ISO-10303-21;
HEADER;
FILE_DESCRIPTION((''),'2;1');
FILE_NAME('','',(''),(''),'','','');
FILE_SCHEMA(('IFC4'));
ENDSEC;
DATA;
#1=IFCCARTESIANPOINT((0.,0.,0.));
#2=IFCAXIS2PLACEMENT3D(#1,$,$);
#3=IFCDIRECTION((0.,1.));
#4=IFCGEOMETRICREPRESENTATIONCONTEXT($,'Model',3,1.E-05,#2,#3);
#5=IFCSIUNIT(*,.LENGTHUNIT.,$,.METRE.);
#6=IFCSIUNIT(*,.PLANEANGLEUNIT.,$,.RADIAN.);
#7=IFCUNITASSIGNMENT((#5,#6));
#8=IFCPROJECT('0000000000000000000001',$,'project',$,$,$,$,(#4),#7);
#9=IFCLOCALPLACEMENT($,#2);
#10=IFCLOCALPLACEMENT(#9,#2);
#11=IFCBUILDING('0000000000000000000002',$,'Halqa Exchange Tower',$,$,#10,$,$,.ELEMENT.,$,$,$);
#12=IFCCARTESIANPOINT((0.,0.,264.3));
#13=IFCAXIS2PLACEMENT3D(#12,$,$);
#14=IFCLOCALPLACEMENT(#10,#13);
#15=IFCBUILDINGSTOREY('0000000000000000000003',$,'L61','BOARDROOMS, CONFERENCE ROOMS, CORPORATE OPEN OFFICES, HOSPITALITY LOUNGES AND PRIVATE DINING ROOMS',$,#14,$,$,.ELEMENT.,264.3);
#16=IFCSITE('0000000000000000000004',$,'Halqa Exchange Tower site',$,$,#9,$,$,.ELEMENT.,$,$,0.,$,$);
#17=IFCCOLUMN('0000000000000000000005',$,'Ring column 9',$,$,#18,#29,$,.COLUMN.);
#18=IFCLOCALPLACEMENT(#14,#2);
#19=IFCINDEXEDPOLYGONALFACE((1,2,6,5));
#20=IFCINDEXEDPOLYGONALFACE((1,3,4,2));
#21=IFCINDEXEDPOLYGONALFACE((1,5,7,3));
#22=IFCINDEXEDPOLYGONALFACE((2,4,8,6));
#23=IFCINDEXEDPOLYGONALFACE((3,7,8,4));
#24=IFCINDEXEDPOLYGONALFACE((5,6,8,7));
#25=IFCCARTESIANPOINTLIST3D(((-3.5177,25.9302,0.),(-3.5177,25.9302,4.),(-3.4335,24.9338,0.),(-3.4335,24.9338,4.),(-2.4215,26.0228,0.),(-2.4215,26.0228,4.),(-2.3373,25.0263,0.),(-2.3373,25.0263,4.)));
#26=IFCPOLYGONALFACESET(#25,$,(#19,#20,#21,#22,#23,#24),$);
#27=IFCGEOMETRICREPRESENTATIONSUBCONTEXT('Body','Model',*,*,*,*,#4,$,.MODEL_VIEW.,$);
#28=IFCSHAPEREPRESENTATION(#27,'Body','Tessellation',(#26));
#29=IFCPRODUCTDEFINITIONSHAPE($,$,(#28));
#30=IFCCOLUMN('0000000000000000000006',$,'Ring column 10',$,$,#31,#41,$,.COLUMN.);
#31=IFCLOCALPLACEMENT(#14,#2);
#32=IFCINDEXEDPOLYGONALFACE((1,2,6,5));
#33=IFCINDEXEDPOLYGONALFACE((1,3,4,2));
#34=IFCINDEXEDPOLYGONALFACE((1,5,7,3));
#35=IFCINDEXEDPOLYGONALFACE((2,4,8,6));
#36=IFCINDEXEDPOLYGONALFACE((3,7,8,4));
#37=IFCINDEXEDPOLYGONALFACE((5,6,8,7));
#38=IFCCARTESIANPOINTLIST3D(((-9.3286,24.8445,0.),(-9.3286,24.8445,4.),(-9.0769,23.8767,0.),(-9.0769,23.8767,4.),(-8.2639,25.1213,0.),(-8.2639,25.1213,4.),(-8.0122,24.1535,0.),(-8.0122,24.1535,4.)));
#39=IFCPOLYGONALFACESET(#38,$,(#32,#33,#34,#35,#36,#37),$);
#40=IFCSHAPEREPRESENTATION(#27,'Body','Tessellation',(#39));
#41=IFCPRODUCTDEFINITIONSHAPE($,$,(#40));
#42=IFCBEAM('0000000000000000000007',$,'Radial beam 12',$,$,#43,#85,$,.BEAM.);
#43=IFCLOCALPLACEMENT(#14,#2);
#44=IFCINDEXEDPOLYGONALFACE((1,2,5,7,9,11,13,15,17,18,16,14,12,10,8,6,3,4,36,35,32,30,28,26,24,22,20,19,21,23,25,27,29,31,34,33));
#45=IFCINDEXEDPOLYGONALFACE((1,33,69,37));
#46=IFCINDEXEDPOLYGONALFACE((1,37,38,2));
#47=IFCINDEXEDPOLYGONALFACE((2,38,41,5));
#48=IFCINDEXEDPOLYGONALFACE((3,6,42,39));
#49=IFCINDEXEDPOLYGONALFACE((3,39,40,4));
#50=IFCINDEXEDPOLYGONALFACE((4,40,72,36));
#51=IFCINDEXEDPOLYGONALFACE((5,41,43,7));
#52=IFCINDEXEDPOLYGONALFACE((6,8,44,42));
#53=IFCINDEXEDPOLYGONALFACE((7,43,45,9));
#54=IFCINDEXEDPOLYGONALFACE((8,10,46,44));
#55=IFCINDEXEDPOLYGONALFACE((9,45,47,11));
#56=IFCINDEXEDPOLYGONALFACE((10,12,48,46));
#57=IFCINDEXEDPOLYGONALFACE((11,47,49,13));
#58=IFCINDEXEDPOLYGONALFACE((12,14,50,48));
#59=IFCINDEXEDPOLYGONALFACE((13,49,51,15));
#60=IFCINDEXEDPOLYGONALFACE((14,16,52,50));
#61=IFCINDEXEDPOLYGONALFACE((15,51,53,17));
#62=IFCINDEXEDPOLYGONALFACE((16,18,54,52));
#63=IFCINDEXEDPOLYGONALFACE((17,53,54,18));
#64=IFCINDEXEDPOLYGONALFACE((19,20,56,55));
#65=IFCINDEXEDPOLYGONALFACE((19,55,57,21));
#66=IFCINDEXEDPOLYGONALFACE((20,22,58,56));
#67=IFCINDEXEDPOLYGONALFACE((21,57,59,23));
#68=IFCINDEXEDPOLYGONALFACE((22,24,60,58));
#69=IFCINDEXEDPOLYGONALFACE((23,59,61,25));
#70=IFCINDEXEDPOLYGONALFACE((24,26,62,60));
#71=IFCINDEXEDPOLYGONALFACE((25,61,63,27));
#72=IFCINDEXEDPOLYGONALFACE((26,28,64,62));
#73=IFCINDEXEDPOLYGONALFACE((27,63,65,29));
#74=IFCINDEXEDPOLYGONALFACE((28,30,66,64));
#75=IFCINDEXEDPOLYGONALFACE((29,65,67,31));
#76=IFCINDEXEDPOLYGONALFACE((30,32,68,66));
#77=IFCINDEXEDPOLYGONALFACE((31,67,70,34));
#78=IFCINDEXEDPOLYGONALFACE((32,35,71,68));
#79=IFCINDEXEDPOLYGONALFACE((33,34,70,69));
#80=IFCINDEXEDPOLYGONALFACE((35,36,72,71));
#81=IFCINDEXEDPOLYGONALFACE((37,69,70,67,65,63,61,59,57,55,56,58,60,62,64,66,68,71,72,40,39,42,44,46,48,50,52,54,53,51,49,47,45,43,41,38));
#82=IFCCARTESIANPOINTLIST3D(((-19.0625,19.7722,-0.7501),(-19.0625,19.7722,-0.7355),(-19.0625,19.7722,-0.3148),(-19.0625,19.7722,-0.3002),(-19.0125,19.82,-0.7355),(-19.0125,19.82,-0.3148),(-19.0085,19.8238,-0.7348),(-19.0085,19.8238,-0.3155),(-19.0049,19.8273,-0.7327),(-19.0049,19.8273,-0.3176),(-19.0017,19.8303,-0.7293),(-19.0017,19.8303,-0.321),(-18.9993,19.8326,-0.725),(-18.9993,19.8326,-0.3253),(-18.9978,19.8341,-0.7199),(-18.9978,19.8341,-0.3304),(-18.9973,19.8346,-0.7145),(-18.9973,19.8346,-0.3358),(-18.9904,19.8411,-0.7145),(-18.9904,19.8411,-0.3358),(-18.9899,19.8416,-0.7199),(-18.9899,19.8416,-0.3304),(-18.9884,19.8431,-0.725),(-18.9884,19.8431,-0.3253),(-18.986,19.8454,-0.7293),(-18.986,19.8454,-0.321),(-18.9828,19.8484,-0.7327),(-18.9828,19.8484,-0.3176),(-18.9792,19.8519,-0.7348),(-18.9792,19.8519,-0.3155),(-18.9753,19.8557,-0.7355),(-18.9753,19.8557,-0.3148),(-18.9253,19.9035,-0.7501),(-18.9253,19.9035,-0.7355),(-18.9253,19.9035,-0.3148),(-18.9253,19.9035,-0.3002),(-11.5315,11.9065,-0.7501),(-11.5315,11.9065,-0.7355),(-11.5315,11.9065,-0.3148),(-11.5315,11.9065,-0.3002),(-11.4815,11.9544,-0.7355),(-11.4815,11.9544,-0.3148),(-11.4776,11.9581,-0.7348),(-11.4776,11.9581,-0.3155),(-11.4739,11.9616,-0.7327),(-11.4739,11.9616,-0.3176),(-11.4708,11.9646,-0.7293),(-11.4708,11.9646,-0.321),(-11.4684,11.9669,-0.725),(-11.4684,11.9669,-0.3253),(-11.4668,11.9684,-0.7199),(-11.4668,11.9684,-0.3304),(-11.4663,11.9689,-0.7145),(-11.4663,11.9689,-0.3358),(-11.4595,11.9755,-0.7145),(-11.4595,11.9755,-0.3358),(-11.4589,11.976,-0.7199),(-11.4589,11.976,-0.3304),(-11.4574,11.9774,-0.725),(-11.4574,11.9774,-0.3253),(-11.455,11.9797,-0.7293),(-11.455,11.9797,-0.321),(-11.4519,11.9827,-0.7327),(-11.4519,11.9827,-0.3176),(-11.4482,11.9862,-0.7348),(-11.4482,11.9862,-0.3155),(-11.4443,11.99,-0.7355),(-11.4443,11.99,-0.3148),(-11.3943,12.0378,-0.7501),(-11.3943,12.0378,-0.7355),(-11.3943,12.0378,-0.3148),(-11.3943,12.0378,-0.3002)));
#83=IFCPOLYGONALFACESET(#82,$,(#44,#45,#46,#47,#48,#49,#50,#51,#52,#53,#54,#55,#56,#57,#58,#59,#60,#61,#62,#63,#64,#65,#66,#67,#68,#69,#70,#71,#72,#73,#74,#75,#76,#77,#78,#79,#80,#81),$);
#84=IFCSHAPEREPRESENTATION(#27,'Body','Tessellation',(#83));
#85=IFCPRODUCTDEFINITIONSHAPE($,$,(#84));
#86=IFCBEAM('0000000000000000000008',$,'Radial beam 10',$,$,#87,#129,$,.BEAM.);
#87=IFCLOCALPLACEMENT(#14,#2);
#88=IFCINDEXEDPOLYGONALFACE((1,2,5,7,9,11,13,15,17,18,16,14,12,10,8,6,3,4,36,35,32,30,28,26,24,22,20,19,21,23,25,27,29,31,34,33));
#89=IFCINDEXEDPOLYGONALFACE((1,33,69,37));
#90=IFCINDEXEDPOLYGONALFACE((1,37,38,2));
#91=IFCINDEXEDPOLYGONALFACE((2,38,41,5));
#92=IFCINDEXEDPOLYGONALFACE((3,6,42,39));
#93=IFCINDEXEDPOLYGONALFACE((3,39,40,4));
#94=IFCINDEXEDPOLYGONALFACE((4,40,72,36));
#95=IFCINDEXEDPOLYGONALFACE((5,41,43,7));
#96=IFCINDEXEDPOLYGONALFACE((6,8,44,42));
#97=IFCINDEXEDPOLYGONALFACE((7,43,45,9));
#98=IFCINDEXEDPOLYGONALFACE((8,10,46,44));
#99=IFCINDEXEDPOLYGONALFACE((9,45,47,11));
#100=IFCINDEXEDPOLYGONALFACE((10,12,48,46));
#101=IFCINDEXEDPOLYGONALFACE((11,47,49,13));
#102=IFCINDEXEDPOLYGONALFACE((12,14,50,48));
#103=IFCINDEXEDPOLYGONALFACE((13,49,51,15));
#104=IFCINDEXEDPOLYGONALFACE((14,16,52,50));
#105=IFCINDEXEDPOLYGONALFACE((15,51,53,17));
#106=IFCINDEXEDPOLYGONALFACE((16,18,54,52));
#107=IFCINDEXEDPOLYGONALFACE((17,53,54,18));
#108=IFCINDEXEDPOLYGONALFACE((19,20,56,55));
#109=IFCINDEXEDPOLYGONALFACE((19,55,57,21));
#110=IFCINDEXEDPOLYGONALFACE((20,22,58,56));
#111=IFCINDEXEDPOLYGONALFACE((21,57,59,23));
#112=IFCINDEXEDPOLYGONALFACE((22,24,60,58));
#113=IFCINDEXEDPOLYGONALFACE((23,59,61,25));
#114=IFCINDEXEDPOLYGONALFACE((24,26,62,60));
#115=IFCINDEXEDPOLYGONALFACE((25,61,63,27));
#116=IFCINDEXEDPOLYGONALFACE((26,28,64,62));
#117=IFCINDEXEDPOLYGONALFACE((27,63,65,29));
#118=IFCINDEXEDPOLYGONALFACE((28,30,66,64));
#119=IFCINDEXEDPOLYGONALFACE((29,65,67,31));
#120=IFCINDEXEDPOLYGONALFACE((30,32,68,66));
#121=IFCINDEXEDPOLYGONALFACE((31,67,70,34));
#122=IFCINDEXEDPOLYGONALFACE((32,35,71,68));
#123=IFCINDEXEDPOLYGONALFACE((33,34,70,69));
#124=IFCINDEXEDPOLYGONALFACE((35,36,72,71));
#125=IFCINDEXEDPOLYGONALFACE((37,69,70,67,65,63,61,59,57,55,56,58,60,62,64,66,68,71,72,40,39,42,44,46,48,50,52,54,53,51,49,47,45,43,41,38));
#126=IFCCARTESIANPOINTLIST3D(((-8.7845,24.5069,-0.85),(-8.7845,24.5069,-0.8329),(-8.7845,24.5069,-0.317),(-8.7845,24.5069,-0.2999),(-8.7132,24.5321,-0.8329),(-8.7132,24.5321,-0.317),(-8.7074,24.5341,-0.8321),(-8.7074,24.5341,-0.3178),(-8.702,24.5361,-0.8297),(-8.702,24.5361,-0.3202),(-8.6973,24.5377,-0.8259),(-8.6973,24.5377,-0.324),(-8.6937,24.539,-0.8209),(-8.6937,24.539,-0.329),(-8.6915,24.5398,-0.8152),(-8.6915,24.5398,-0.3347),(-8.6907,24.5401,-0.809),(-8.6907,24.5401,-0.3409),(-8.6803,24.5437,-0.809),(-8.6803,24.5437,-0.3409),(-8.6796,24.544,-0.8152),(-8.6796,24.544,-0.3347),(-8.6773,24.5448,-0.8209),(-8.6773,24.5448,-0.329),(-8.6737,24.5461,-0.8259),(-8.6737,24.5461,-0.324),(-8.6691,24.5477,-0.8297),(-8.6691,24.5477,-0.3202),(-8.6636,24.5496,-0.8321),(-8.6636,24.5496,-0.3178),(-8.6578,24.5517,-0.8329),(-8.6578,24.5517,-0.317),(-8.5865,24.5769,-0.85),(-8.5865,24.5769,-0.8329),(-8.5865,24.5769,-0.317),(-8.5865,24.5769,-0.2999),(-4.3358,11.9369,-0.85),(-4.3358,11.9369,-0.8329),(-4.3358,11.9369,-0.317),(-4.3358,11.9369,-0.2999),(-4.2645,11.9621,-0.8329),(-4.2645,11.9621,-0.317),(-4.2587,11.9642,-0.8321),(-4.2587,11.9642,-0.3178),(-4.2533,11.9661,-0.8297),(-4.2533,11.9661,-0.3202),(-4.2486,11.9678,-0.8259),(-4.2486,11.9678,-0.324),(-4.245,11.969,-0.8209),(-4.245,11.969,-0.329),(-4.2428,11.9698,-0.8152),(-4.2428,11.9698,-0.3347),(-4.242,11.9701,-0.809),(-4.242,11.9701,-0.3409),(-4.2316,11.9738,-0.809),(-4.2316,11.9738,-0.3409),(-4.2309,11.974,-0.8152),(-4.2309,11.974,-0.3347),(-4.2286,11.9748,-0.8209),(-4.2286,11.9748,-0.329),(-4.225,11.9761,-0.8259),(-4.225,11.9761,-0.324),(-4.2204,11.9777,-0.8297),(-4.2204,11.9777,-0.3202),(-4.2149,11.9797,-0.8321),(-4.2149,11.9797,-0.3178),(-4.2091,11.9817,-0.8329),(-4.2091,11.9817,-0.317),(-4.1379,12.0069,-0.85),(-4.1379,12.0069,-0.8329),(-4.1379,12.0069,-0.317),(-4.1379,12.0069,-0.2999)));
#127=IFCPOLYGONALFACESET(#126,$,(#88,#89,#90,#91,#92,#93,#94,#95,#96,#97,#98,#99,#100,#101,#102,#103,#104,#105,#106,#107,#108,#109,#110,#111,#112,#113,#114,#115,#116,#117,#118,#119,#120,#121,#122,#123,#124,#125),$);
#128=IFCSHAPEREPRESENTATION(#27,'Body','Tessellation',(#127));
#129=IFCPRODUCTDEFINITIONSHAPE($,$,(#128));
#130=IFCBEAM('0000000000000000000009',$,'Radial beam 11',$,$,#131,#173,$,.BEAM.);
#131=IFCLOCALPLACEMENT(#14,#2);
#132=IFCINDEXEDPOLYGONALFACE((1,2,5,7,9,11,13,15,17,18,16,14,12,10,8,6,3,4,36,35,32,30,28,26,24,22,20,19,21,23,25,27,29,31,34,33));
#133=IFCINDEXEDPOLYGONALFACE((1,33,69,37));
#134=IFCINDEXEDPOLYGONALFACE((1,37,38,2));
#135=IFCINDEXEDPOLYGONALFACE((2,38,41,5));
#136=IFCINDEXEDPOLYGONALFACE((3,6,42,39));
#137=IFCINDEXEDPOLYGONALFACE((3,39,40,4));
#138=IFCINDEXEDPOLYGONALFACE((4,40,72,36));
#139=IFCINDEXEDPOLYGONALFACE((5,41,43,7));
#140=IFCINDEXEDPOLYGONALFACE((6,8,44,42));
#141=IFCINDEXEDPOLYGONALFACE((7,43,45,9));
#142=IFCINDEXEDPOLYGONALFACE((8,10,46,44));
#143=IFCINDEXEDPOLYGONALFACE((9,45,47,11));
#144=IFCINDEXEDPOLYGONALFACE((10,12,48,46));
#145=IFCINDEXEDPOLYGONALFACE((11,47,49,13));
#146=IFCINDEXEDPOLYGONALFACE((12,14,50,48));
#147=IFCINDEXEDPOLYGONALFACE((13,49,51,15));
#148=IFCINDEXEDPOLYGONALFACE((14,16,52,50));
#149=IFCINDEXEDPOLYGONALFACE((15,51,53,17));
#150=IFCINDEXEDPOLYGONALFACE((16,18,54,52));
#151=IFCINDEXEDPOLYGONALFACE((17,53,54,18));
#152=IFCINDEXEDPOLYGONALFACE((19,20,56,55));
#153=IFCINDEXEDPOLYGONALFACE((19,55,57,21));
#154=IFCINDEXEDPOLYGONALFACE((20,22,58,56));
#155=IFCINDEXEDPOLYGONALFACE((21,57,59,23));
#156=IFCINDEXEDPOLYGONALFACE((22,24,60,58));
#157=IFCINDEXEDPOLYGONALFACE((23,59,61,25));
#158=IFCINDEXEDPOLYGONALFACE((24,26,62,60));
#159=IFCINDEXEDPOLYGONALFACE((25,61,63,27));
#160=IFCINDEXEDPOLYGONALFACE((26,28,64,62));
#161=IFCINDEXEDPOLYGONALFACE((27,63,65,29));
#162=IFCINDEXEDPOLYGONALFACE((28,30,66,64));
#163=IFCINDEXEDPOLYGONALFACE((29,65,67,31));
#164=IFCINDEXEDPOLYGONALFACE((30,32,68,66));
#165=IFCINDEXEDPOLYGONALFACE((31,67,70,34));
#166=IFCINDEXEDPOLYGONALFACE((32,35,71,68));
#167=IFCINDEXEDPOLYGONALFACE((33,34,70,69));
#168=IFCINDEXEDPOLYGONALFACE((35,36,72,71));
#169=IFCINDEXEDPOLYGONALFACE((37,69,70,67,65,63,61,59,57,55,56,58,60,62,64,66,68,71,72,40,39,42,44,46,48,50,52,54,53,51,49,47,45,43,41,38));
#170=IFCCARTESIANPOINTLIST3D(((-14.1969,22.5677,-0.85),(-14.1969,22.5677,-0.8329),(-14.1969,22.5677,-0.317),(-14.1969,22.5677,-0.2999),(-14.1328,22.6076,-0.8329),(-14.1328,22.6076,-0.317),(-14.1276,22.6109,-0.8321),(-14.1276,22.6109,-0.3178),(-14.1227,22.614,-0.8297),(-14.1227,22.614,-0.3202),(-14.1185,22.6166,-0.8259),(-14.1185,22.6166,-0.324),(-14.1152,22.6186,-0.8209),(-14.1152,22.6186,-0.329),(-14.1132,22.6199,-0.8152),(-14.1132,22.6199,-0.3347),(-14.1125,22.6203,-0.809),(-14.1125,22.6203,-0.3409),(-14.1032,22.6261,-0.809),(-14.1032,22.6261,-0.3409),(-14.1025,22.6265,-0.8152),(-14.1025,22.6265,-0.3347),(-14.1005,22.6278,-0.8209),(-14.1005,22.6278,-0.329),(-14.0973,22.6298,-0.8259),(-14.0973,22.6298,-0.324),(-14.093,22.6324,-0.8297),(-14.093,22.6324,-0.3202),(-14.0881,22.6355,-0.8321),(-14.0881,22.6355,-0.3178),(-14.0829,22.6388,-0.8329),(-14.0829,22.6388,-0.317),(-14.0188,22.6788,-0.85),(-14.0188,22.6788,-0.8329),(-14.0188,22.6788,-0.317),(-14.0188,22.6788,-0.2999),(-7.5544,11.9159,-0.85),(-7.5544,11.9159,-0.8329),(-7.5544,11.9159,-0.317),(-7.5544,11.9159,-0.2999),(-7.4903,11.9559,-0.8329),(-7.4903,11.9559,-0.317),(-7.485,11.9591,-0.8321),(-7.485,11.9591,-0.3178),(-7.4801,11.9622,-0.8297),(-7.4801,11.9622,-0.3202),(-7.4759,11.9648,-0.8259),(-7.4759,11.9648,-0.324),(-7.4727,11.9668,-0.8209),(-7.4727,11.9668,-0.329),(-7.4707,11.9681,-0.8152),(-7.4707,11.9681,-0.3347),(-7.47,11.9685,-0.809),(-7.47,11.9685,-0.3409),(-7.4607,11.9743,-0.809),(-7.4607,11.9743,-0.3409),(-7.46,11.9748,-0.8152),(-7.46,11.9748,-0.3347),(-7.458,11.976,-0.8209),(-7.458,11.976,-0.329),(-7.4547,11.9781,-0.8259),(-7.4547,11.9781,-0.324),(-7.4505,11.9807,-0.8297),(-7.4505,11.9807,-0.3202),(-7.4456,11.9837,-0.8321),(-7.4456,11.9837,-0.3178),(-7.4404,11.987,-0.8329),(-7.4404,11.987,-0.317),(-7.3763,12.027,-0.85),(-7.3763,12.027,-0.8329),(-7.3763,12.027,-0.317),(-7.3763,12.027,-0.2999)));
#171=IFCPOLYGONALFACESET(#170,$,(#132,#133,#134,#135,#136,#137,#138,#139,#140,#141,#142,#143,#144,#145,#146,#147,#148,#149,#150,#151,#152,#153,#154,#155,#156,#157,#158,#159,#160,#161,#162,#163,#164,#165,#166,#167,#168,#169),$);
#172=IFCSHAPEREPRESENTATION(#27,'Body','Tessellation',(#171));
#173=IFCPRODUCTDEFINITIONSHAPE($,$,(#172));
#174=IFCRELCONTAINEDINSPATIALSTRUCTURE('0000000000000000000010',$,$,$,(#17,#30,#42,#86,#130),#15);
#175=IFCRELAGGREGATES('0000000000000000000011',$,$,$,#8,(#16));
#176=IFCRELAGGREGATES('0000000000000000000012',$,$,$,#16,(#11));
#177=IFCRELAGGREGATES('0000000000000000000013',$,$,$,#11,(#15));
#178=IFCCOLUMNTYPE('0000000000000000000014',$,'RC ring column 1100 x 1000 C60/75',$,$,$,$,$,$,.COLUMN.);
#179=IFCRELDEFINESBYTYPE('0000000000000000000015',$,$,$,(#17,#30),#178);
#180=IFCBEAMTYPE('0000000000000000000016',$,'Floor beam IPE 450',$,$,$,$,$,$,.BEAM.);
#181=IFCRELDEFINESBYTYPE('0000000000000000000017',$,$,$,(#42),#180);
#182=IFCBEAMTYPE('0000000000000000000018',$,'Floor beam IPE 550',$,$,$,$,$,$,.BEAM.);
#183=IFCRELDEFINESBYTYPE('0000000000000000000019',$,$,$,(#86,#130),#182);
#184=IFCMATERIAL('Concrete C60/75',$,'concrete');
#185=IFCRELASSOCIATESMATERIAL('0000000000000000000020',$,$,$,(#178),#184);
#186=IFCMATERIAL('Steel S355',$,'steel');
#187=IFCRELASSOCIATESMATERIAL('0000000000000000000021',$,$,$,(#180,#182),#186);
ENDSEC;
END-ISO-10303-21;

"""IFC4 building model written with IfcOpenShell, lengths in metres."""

from ifc_helpers import new_model, si_unit, direction, frame, origin, origin_2d, place, context, subcontext, project, spatial, rectangle, i_section, extrude, material, material_profile, profile_set, type_object, element, save


model = new_model("IFC4")

# Units and contexts
model_context = context("Model", 3, precision=1e-05, world=origin(), true_north=direction((0.0, 1.0)))
body_context = subcontext(model_context, "Body", "Model", "MODEL_VIEW")
ifc_project = project(units=[si_unit("LENGTHUNIT", "METRE"), si_unit("PLANEANGLEUNIT", "RADIAN")], contexts=[model_context])

# Site, building, storey
site_placement = place(None, origin())
site = spatial("IfcSite", under=ifc_project, at=site_placement, Name="Halqa Exchange Tower site", CompositionType="ELEMENT", RefElevation=0.0)
building_placement = place(site_placement, origin())
building = spatial("IfcBuilding", under=site, at=building_placement, Name="Halqa Exchange Tower", CompositionType="ELEMENT")
storey_placement = place(building_placement, frame((0.0, 0.0, 264.3)))
storey = spatial("IfcBuildingStorey", under=building, at=storey_placement, Name="L61", Description="BOARDROOMS, CONFERENCE ROOMS, CORPORATE OPEN OFFICES, HOSPITALITY LOUNGES AND PRIVATE DINING ROOMS", CompositionType="ELEMENT", Elevation=264.3)

# Columns
ifc_material_1 = material(Name="Concrete C60/75", Category="concrete")
ifc_material_profile_1 = material_profile(ifc_material_1, rectangle(XDim=1.1001, YDim=1.0, at=origin_2d()), Name="1100 x 1000")
ifc_profile_set_1 = profile_set([ifc_material_profile_1], Name="Concrete C60/75")
column_type = type_object("IfcColumnType", Name="RC ring column 1100 x 1000 C60/75", PredefinedType="COLUMN", material=ifc_profile_set_1)
for number, where, z_axis, x_axis, name in (
    (1, (-2.9275, 25.4783, 0.0), (0.0, 0.0, 1.0), (-0.996456, -0.084121, 0.0), "Ring column 9"),
    (2, (-8.6704, 24.499, 0.0), (0.0, 0.0, 1.0), (-0.96782, -0.251642, 0.0), "Ring column 10"),
):
    element("IfcColumn", number, at=place(storey_placement, frame(where, z_axis=z_axis, x_axis=x_axis)), inside=storey, type_object=column_type, Name=name, PredefinedType="COLUMN", context=body_context, shape_type="SweptSolid", body=[
        extrude(rectangle(XDim=1.1001, YDim=1.0, at=origin_2d()), origin(), (0.0, 0.0, 1.0), 4.0),
    ])

# Beams
ifc_material_2 = material(Name="Steel S355", Category="steel")
ifc_material_profile_2 = material_profile(ifc_material_2, i_section(OverallWidth=0.1899, OverallDepth=0.45, WebThickness=0.0095, FlangeThickness=0.0146, FilletRadius=0.021, at=origin_2d()), Name="IPE 450")
ifc_profile_set_2 = profile_set([ifc_material_profile_2], Name="Steel S355")
beam_type_1 = type_object("IfcBeamType", Name="Floor beam IPE 450", PredefinedType="BEAM", material=ifc_profile_set_2)
beam_1_placement = place(storey_placement, frame((-11.4629, 11.9722, -0.5251), z_axis=(-0.691571, 0.722308, 0.0), x_axis=(-0.722308, -0.691571, 0.0)))
element("IfcBeam", 3, at=beam_1_placement, inside=storey, type_object=beam_type_1, Name="Radial beam 12", PredefinedType="BEAM", context=body_context, shape_type="SweptSolid", body=[
    extrude(i_section(OverallWidth=0.1899, OverallDepth=0.45, WebThickness=0.0095, FlangeThickness=0.0146, FilletRadius=0.021, at=origin_2d()), origin(), (0.0, 0.0, 1.0), 10.8896),
])
ifc_material_profile_3 = material_profile(ifc_material_2, i_section(OverallWidth=0.21, OverallDepth=0.55, WebThickness=0.011, FlangeThickness=0.0171, FilletRadius=0.0239, at=origin_2d()), Name="IPE 550")
ifc_profile_set_3 = profile_set([ifc_material_profile_3], Name="Steel S355")
beam_type_2 = type_object("IfcBeamType", Name="Floor beam IPE 550", PredefinedType="BEAM", material=ifc_profile_set_3)
beam_2_placement = place(storey_placement, frame((-4.2368, 11.9719, -0.575), z_axis=(-0.333636, 0.942702, 0.0), x_axis=(-0.942702, -0.333636, 0.0)))
element("IfcBeam", 4, at=beam_2_placement, inside=storey, type_object=beam_type_2, Name="Radial beam 10", PredefinedType="BEAM", context=body_context, shape_type="SweptSolid", body=[
    extrude(i_section(OverallWidth=0.21, OverallDepth=0.55, WebThickness=0.011, FlangeThickness=0.0171, FilletRadius=0.0239, at=origin_2d()), origin(), (0.0, 0.0, 1.0), 13.334),
])
beam_3_placement = place(storey_placement, frame((-7.4653, 11.9714, -0.575), z_axis=(-0.529149, 0.848529, 0.0), x_axis=(-0.848529, -0.529149, 0.0)))
element("IfcBeam", 5, at=beam_3_placement, inside=storey, type_object=beam_type_2, Name="Radial beam 11", PredefinedType="BEAM", context=body_context, shape_type="SweptSolid", body=[
    extrude(i_section(OverallWidth=0.21, OverallDepth=0.55, WebThickness=0.011, FlangeThickness=0.0171, FilletRadius=0.0239, at=origin_2d()), origin(), (0.0, 0.0, 1.0), 12.5532),
])

save(model, "model.ifc")
